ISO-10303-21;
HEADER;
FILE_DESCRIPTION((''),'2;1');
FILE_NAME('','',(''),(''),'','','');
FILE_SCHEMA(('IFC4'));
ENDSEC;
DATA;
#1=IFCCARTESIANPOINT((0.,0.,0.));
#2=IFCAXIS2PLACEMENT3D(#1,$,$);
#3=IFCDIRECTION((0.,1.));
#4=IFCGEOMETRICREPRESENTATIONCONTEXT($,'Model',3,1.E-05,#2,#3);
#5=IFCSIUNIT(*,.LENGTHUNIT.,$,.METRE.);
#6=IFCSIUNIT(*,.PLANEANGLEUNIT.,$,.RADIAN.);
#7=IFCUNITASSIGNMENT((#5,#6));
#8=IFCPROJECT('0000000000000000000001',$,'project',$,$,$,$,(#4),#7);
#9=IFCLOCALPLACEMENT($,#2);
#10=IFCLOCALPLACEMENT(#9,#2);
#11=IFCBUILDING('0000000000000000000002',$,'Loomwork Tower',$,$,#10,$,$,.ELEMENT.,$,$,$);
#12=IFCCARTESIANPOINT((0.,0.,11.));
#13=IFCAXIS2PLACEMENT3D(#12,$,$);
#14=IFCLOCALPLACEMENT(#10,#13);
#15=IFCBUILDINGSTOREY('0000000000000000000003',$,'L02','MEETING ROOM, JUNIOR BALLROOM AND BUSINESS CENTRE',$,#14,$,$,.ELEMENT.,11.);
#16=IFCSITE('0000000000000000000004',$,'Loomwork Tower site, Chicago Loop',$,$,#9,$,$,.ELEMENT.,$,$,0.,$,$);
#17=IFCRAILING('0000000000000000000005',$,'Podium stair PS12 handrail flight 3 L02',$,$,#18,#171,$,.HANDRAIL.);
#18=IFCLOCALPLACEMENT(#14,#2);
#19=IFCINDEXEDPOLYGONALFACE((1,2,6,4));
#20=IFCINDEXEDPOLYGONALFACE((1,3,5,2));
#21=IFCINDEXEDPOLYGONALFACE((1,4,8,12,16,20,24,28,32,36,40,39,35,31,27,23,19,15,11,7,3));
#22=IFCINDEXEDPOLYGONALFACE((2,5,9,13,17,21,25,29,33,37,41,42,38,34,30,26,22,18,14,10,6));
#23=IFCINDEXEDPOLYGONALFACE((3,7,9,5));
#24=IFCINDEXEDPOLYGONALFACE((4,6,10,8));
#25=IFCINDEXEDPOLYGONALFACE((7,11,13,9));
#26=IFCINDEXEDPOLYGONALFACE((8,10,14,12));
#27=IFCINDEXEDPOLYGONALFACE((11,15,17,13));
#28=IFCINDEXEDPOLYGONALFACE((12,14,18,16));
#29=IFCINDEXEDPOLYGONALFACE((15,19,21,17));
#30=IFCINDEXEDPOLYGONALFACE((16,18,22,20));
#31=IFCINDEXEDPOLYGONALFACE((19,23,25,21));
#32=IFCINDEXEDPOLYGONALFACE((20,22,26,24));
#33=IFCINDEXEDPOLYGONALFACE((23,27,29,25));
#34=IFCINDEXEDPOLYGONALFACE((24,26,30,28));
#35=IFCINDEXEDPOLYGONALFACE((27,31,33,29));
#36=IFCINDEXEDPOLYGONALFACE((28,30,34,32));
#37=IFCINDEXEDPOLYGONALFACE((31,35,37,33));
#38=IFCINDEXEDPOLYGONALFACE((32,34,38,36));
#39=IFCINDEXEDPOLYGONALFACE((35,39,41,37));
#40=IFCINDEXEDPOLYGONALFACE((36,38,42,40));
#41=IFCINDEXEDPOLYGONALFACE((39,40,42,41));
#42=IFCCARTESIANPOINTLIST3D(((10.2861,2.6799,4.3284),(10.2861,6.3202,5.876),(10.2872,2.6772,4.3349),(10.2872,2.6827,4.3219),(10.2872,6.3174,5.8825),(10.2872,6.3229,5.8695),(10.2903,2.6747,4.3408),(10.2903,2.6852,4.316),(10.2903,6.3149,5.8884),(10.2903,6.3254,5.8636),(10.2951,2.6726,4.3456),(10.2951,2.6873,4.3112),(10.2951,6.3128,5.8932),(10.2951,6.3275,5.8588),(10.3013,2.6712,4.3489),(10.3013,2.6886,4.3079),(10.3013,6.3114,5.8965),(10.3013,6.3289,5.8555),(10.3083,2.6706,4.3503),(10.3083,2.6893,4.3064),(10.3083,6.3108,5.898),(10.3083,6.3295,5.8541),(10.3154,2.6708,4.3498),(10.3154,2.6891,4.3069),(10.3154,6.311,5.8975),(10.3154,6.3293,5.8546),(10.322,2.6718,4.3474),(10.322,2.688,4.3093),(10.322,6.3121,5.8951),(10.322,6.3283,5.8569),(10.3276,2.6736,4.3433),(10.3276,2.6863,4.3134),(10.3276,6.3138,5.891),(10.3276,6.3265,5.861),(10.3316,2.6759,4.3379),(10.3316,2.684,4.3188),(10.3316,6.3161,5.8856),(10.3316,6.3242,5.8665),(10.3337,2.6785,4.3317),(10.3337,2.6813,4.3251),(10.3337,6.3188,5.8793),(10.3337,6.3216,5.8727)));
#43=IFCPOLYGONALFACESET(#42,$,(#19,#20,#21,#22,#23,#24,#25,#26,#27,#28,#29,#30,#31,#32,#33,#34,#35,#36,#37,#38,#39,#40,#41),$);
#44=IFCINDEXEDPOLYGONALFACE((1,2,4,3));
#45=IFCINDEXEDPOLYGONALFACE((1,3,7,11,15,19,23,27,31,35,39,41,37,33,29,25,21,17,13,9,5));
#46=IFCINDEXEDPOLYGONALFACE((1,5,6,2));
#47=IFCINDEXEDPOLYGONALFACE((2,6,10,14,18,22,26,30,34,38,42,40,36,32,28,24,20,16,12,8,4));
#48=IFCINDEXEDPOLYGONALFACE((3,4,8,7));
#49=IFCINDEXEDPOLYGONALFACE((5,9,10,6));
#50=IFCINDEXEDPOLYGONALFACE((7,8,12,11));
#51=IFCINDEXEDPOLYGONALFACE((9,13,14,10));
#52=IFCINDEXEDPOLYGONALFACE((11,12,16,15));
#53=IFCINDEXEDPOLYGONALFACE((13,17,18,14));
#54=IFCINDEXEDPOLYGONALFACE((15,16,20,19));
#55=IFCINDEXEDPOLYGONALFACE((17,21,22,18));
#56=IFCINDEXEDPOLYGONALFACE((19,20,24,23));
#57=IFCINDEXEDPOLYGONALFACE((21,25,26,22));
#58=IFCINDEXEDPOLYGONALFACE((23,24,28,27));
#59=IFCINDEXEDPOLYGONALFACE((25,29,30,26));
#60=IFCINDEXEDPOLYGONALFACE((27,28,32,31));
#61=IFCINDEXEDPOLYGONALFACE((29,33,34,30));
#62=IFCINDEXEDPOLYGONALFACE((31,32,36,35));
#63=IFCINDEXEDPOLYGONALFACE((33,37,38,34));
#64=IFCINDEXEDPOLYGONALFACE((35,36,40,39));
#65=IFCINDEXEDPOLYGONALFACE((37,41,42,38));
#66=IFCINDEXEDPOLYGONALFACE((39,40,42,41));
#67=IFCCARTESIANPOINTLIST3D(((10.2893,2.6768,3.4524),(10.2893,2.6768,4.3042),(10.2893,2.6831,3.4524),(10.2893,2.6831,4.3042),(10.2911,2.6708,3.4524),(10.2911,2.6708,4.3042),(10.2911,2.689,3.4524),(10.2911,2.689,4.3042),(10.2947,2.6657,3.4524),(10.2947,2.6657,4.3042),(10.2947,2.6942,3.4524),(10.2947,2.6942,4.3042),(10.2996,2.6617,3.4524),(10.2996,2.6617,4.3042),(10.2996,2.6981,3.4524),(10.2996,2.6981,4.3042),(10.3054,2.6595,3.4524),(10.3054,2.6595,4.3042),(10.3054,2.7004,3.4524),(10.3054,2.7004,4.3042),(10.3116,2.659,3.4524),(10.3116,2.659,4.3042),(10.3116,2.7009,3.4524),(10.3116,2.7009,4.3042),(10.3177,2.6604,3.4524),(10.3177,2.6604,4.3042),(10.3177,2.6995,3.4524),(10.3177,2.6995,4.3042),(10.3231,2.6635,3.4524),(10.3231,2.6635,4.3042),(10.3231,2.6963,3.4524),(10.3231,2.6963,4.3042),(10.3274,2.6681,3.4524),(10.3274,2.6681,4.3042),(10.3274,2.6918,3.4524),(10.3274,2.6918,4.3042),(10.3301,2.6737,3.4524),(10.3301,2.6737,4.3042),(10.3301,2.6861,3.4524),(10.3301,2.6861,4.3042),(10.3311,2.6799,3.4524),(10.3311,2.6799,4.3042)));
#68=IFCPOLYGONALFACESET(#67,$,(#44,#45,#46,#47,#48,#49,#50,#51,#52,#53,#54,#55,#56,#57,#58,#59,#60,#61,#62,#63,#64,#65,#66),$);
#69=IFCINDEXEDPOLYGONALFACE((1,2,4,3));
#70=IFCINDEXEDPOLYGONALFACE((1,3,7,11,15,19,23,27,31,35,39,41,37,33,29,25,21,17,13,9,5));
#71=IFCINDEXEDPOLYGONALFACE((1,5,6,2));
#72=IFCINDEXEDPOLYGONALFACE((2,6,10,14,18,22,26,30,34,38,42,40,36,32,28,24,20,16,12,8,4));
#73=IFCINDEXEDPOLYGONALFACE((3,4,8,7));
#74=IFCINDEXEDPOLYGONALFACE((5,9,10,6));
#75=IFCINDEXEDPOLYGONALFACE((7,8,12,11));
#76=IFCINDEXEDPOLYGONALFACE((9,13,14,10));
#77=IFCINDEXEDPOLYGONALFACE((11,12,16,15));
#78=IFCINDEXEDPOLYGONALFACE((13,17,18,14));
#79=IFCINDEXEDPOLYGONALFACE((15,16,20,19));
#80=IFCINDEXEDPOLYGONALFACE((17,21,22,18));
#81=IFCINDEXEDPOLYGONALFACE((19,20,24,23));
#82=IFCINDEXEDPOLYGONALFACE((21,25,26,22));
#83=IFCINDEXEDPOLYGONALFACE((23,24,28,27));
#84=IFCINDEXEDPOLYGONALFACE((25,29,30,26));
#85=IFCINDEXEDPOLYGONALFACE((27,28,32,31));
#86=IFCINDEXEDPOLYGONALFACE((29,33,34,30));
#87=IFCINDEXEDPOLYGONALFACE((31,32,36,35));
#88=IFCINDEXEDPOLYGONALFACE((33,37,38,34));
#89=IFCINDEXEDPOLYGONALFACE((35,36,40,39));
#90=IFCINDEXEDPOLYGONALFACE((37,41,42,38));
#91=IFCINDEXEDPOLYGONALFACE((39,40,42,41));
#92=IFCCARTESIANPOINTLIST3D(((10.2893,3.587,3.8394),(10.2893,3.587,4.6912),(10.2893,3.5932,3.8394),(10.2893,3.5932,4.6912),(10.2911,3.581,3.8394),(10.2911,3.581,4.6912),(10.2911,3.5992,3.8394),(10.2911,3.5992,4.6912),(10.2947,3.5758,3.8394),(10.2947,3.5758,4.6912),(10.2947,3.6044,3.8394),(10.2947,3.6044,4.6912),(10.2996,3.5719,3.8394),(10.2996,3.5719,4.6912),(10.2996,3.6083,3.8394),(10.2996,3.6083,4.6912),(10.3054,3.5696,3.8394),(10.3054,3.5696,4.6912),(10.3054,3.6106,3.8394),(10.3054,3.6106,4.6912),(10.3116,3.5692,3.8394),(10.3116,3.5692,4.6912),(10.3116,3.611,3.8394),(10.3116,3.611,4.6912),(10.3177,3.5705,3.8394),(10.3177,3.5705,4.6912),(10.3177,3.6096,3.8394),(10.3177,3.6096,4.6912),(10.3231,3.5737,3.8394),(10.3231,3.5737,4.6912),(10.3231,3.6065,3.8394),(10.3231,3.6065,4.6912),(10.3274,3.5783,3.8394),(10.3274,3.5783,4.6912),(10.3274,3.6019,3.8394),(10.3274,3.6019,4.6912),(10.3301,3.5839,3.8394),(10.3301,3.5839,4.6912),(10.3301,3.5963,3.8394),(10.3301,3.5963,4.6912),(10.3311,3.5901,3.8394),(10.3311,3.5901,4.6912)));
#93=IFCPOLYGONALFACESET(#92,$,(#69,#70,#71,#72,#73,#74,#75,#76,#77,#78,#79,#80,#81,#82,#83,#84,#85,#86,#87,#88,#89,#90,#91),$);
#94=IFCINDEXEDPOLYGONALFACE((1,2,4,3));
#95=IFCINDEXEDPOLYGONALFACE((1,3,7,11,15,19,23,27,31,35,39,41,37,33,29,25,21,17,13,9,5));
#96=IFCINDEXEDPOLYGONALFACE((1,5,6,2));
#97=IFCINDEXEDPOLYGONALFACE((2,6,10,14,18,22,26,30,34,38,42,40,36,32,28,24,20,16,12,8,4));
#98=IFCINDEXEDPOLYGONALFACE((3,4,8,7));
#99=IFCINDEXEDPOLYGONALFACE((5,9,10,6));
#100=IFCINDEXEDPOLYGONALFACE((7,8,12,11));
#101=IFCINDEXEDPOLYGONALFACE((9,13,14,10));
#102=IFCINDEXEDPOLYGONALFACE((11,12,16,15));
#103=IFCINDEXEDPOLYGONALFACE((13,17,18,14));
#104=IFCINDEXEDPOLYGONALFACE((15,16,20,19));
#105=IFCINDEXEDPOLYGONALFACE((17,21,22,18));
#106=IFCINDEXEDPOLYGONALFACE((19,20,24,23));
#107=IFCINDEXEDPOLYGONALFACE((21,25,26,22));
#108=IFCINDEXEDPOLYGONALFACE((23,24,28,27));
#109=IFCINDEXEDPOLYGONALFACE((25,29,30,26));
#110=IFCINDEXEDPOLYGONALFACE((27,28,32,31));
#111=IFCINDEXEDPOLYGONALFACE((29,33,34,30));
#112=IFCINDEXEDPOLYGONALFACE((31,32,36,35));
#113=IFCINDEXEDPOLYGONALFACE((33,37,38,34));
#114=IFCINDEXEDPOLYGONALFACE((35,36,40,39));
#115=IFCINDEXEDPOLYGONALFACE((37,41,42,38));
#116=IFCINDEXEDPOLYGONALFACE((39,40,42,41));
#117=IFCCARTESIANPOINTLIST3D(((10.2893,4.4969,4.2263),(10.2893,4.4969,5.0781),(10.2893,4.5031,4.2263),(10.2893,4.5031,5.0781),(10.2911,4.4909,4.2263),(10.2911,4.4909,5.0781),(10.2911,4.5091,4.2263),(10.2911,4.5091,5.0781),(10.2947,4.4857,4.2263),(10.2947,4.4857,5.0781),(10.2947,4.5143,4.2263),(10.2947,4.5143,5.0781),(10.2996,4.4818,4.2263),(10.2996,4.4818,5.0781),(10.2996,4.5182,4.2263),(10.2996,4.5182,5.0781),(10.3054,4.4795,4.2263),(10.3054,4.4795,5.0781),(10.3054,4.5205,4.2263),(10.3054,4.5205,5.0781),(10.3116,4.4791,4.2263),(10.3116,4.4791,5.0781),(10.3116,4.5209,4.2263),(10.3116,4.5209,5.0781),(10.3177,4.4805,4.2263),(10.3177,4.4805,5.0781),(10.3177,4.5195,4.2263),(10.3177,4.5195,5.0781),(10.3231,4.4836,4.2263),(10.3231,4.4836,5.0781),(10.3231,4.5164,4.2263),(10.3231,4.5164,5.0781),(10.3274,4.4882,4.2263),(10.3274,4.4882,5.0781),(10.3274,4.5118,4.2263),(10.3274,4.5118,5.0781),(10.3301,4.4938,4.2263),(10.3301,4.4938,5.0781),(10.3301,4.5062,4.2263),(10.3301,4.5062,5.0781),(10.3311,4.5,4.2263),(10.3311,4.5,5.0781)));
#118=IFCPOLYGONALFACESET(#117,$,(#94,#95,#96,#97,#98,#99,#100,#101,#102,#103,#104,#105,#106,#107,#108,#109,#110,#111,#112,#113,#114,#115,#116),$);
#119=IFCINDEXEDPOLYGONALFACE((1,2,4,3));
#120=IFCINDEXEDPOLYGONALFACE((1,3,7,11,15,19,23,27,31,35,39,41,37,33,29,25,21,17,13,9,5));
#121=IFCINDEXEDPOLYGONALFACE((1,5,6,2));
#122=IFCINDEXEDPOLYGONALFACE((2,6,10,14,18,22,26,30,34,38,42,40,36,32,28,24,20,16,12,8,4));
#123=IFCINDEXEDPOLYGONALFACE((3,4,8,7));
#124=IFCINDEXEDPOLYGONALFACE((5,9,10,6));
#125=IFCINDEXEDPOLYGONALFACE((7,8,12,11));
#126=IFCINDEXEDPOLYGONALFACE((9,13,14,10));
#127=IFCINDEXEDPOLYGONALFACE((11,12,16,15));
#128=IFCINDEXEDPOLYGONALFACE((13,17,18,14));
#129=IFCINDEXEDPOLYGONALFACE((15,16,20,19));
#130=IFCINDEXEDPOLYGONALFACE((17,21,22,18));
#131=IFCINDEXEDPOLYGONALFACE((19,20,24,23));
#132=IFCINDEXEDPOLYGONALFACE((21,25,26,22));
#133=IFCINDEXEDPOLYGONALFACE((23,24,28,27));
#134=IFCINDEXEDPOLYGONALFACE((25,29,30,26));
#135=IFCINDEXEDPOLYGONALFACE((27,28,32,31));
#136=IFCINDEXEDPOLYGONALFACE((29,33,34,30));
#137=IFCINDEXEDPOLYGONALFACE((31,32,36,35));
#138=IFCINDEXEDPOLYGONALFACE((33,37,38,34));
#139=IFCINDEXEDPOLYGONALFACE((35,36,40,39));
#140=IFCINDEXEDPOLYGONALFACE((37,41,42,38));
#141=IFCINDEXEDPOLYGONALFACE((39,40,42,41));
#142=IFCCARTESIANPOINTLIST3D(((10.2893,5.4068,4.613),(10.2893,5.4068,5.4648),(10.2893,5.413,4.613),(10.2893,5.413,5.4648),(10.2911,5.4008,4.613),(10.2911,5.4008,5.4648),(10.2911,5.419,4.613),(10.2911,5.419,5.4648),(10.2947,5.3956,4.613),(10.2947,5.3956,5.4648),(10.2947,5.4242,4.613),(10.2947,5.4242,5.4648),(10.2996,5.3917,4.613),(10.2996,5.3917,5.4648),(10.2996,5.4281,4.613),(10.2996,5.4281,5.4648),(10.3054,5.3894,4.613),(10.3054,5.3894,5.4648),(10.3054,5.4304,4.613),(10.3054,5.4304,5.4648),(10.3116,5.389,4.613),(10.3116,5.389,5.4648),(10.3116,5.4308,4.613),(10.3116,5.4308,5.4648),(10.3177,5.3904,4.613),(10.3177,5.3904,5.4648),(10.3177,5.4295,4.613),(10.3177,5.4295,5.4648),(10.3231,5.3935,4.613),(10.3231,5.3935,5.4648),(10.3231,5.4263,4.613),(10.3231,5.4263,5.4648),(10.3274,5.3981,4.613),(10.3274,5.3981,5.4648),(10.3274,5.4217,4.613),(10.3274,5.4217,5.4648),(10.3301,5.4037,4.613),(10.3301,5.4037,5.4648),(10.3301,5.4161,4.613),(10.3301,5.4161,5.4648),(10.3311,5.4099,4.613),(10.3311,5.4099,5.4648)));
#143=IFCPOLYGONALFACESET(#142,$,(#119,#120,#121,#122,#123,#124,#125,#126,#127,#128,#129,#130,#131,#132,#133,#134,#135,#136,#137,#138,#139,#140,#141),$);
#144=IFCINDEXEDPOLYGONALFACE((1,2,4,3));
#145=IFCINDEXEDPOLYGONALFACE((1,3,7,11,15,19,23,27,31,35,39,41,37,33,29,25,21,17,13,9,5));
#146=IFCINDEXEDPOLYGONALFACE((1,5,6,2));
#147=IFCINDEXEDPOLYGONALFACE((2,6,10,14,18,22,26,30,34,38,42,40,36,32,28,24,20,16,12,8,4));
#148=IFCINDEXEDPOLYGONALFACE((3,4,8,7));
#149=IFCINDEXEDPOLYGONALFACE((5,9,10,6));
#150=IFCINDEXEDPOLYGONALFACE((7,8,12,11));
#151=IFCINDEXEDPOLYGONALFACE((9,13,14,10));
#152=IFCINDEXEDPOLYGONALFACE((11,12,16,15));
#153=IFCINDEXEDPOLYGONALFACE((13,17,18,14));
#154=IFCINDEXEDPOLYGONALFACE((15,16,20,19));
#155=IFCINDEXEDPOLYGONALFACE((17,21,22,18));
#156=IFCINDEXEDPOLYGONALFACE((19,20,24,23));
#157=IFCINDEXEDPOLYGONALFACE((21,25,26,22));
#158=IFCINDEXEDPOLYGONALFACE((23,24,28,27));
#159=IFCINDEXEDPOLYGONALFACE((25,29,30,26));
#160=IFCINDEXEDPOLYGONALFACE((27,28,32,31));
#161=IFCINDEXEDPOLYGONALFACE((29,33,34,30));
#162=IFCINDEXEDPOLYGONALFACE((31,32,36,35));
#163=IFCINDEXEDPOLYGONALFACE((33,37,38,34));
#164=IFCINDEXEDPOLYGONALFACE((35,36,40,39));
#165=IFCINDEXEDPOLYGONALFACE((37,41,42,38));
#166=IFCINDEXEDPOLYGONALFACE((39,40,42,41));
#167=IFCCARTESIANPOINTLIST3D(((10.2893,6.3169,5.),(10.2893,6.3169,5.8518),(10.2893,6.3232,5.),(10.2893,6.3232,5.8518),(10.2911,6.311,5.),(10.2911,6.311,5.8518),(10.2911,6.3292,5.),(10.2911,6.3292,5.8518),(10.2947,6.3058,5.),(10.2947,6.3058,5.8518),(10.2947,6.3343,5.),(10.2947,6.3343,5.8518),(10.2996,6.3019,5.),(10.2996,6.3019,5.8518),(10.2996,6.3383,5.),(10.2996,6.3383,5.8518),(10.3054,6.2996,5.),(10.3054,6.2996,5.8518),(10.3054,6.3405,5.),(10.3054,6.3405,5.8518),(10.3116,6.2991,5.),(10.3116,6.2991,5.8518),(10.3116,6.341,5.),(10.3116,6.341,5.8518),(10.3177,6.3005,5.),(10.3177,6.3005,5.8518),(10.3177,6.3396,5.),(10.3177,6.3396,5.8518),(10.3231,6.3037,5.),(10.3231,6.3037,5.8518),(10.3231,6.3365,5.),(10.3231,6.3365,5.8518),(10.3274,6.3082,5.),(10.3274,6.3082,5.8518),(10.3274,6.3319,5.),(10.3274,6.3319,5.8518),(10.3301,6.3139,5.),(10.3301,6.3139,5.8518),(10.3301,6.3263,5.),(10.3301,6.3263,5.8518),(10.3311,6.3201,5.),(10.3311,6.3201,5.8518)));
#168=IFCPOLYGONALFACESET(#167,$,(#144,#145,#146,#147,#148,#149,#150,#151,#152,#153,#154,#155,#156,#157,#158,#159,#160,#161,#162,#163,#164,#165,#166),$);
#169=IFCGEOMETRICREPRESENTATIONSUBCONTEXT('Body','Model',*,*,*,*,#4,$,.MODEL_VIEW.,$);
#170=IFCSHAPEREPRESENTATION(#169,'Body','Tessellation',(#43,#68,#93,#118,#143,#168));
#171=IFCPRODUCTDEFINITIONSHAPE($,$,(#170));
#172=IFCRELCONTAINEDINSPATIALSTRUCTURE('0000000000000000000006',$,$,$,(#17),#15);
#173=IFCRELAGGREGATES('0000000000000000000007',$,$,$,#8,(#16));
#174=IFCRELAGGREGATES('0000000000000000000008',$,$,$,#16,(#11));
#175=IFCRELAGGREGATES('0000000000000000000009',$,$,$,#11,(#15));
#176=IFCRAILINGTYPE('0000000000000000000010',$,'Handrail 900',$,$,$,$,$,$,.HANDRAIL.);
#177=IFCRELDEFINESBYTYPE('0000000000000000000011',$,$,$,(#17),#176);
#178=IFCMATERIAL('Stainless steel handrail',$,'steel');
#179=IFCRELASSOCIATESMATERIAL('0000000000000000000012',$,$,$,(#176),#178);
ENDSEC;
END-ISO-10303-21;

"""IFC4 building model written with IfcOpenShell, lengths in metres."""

from ifc_helpers import new_model, si_unit, direction, frame, origin, origin_2d, place, context, subcontext, project, spatial, circle, extrude, material, type_object, element, save


model = new_model("IFC4")

# Units and contexts
model_context = context("Model", 3, precision=1e-05, world=origin(), true_north=direction((0.0, 1.0)))
body_context = subcontext(model_context, "Body", "Model", "MODEL_VIEW")
ifc_project = project(units=[si_unit("LENGTHUNIT", "METRE"), si_unit("PLANEANGLEUNIT", "RADIAN")], contexts=[model_context])

# Site, building, storey
site_placement = place(None, origin())
site = spatial("IfcSite", under=ifc_project, at=site_placement, Name="Loomwork Tower site, Chicago Loop", CompositionType="ELEMENT", RefElevation=0.0)
building_placement = place(site_placement, origin())
building = spatial("IfcBuilding", under=site, at=building_placement, Name="Loomwork Tower", CompositionType="ELEMENT")
storey_placement = place(building_placement, frame((0.0, 0.0, 11.0)))
storey = spatial("IfcBuildingStorey", under=building, at=storey_placement, Name="L02", Description="MEETING ROOM, JUNIOR BALLROOM AND BUSINESS CENTRE", CompositionType="ELEMENT", Elevation=11.0)

# Railing
ifc_material_1 = material(Name="Stainless steel handrail", Category="steel")
railing_type = type_object("IfcRailingType", Name="Handrail 900", PredefinedType="HANDRAIL", material=ifc_material_1)
railing_1_placement = place(storey_placement, frame((10.3101, 2.6799, 3.4524)))
element("IfcRailing", 1, at=railing_1_placement, inside=storey, type_object=railing_type, Name="Podium stair PS12 handrail flight 3 L02", PredefinedType="HANDRAIL", context=body_context, shape_type="SweptSolid", body=[
    extrude(circle(Radius=0.0239, at=origin_2d()), frame((0.0, 0.0, 0.876), z_axis=(0.0, 0.920281, 0.391258), x_axis=(-1.0, 0.0, 0.0)), (0.0, 0.0, 1.0), 3.9556),
    extrude(circle(Radius=0.021, at=origin_2d()), origin(), (0.0, 0.0, 1.0), 0.8518),
    extrude(circle(Radius=0.021, at=origin_2d()), frame((0.0, 0.9102, 0.387)), (0.0, 0.0, 1.0), 0.8518),
    extrude(circle(Radius=0.021, at=origin_2d()), frame((0.0, 1.8201, 0.7739)), (0.0, 0.0, 1.0), 0.8518),
    extrude(circle(Radius=0.021, at=origin_2d()), frame((0.0, 2.73, 1.1606)), (0.0, 0.0, 1.0), 0.8518),
    extrude(circle(Radius=0.021, at=origin_2d()), frame((0.0, 3.6401, 1.5476)), (0.0, 0.0, 1.0), 0.8518),
])

save(model, "model.ifc")
